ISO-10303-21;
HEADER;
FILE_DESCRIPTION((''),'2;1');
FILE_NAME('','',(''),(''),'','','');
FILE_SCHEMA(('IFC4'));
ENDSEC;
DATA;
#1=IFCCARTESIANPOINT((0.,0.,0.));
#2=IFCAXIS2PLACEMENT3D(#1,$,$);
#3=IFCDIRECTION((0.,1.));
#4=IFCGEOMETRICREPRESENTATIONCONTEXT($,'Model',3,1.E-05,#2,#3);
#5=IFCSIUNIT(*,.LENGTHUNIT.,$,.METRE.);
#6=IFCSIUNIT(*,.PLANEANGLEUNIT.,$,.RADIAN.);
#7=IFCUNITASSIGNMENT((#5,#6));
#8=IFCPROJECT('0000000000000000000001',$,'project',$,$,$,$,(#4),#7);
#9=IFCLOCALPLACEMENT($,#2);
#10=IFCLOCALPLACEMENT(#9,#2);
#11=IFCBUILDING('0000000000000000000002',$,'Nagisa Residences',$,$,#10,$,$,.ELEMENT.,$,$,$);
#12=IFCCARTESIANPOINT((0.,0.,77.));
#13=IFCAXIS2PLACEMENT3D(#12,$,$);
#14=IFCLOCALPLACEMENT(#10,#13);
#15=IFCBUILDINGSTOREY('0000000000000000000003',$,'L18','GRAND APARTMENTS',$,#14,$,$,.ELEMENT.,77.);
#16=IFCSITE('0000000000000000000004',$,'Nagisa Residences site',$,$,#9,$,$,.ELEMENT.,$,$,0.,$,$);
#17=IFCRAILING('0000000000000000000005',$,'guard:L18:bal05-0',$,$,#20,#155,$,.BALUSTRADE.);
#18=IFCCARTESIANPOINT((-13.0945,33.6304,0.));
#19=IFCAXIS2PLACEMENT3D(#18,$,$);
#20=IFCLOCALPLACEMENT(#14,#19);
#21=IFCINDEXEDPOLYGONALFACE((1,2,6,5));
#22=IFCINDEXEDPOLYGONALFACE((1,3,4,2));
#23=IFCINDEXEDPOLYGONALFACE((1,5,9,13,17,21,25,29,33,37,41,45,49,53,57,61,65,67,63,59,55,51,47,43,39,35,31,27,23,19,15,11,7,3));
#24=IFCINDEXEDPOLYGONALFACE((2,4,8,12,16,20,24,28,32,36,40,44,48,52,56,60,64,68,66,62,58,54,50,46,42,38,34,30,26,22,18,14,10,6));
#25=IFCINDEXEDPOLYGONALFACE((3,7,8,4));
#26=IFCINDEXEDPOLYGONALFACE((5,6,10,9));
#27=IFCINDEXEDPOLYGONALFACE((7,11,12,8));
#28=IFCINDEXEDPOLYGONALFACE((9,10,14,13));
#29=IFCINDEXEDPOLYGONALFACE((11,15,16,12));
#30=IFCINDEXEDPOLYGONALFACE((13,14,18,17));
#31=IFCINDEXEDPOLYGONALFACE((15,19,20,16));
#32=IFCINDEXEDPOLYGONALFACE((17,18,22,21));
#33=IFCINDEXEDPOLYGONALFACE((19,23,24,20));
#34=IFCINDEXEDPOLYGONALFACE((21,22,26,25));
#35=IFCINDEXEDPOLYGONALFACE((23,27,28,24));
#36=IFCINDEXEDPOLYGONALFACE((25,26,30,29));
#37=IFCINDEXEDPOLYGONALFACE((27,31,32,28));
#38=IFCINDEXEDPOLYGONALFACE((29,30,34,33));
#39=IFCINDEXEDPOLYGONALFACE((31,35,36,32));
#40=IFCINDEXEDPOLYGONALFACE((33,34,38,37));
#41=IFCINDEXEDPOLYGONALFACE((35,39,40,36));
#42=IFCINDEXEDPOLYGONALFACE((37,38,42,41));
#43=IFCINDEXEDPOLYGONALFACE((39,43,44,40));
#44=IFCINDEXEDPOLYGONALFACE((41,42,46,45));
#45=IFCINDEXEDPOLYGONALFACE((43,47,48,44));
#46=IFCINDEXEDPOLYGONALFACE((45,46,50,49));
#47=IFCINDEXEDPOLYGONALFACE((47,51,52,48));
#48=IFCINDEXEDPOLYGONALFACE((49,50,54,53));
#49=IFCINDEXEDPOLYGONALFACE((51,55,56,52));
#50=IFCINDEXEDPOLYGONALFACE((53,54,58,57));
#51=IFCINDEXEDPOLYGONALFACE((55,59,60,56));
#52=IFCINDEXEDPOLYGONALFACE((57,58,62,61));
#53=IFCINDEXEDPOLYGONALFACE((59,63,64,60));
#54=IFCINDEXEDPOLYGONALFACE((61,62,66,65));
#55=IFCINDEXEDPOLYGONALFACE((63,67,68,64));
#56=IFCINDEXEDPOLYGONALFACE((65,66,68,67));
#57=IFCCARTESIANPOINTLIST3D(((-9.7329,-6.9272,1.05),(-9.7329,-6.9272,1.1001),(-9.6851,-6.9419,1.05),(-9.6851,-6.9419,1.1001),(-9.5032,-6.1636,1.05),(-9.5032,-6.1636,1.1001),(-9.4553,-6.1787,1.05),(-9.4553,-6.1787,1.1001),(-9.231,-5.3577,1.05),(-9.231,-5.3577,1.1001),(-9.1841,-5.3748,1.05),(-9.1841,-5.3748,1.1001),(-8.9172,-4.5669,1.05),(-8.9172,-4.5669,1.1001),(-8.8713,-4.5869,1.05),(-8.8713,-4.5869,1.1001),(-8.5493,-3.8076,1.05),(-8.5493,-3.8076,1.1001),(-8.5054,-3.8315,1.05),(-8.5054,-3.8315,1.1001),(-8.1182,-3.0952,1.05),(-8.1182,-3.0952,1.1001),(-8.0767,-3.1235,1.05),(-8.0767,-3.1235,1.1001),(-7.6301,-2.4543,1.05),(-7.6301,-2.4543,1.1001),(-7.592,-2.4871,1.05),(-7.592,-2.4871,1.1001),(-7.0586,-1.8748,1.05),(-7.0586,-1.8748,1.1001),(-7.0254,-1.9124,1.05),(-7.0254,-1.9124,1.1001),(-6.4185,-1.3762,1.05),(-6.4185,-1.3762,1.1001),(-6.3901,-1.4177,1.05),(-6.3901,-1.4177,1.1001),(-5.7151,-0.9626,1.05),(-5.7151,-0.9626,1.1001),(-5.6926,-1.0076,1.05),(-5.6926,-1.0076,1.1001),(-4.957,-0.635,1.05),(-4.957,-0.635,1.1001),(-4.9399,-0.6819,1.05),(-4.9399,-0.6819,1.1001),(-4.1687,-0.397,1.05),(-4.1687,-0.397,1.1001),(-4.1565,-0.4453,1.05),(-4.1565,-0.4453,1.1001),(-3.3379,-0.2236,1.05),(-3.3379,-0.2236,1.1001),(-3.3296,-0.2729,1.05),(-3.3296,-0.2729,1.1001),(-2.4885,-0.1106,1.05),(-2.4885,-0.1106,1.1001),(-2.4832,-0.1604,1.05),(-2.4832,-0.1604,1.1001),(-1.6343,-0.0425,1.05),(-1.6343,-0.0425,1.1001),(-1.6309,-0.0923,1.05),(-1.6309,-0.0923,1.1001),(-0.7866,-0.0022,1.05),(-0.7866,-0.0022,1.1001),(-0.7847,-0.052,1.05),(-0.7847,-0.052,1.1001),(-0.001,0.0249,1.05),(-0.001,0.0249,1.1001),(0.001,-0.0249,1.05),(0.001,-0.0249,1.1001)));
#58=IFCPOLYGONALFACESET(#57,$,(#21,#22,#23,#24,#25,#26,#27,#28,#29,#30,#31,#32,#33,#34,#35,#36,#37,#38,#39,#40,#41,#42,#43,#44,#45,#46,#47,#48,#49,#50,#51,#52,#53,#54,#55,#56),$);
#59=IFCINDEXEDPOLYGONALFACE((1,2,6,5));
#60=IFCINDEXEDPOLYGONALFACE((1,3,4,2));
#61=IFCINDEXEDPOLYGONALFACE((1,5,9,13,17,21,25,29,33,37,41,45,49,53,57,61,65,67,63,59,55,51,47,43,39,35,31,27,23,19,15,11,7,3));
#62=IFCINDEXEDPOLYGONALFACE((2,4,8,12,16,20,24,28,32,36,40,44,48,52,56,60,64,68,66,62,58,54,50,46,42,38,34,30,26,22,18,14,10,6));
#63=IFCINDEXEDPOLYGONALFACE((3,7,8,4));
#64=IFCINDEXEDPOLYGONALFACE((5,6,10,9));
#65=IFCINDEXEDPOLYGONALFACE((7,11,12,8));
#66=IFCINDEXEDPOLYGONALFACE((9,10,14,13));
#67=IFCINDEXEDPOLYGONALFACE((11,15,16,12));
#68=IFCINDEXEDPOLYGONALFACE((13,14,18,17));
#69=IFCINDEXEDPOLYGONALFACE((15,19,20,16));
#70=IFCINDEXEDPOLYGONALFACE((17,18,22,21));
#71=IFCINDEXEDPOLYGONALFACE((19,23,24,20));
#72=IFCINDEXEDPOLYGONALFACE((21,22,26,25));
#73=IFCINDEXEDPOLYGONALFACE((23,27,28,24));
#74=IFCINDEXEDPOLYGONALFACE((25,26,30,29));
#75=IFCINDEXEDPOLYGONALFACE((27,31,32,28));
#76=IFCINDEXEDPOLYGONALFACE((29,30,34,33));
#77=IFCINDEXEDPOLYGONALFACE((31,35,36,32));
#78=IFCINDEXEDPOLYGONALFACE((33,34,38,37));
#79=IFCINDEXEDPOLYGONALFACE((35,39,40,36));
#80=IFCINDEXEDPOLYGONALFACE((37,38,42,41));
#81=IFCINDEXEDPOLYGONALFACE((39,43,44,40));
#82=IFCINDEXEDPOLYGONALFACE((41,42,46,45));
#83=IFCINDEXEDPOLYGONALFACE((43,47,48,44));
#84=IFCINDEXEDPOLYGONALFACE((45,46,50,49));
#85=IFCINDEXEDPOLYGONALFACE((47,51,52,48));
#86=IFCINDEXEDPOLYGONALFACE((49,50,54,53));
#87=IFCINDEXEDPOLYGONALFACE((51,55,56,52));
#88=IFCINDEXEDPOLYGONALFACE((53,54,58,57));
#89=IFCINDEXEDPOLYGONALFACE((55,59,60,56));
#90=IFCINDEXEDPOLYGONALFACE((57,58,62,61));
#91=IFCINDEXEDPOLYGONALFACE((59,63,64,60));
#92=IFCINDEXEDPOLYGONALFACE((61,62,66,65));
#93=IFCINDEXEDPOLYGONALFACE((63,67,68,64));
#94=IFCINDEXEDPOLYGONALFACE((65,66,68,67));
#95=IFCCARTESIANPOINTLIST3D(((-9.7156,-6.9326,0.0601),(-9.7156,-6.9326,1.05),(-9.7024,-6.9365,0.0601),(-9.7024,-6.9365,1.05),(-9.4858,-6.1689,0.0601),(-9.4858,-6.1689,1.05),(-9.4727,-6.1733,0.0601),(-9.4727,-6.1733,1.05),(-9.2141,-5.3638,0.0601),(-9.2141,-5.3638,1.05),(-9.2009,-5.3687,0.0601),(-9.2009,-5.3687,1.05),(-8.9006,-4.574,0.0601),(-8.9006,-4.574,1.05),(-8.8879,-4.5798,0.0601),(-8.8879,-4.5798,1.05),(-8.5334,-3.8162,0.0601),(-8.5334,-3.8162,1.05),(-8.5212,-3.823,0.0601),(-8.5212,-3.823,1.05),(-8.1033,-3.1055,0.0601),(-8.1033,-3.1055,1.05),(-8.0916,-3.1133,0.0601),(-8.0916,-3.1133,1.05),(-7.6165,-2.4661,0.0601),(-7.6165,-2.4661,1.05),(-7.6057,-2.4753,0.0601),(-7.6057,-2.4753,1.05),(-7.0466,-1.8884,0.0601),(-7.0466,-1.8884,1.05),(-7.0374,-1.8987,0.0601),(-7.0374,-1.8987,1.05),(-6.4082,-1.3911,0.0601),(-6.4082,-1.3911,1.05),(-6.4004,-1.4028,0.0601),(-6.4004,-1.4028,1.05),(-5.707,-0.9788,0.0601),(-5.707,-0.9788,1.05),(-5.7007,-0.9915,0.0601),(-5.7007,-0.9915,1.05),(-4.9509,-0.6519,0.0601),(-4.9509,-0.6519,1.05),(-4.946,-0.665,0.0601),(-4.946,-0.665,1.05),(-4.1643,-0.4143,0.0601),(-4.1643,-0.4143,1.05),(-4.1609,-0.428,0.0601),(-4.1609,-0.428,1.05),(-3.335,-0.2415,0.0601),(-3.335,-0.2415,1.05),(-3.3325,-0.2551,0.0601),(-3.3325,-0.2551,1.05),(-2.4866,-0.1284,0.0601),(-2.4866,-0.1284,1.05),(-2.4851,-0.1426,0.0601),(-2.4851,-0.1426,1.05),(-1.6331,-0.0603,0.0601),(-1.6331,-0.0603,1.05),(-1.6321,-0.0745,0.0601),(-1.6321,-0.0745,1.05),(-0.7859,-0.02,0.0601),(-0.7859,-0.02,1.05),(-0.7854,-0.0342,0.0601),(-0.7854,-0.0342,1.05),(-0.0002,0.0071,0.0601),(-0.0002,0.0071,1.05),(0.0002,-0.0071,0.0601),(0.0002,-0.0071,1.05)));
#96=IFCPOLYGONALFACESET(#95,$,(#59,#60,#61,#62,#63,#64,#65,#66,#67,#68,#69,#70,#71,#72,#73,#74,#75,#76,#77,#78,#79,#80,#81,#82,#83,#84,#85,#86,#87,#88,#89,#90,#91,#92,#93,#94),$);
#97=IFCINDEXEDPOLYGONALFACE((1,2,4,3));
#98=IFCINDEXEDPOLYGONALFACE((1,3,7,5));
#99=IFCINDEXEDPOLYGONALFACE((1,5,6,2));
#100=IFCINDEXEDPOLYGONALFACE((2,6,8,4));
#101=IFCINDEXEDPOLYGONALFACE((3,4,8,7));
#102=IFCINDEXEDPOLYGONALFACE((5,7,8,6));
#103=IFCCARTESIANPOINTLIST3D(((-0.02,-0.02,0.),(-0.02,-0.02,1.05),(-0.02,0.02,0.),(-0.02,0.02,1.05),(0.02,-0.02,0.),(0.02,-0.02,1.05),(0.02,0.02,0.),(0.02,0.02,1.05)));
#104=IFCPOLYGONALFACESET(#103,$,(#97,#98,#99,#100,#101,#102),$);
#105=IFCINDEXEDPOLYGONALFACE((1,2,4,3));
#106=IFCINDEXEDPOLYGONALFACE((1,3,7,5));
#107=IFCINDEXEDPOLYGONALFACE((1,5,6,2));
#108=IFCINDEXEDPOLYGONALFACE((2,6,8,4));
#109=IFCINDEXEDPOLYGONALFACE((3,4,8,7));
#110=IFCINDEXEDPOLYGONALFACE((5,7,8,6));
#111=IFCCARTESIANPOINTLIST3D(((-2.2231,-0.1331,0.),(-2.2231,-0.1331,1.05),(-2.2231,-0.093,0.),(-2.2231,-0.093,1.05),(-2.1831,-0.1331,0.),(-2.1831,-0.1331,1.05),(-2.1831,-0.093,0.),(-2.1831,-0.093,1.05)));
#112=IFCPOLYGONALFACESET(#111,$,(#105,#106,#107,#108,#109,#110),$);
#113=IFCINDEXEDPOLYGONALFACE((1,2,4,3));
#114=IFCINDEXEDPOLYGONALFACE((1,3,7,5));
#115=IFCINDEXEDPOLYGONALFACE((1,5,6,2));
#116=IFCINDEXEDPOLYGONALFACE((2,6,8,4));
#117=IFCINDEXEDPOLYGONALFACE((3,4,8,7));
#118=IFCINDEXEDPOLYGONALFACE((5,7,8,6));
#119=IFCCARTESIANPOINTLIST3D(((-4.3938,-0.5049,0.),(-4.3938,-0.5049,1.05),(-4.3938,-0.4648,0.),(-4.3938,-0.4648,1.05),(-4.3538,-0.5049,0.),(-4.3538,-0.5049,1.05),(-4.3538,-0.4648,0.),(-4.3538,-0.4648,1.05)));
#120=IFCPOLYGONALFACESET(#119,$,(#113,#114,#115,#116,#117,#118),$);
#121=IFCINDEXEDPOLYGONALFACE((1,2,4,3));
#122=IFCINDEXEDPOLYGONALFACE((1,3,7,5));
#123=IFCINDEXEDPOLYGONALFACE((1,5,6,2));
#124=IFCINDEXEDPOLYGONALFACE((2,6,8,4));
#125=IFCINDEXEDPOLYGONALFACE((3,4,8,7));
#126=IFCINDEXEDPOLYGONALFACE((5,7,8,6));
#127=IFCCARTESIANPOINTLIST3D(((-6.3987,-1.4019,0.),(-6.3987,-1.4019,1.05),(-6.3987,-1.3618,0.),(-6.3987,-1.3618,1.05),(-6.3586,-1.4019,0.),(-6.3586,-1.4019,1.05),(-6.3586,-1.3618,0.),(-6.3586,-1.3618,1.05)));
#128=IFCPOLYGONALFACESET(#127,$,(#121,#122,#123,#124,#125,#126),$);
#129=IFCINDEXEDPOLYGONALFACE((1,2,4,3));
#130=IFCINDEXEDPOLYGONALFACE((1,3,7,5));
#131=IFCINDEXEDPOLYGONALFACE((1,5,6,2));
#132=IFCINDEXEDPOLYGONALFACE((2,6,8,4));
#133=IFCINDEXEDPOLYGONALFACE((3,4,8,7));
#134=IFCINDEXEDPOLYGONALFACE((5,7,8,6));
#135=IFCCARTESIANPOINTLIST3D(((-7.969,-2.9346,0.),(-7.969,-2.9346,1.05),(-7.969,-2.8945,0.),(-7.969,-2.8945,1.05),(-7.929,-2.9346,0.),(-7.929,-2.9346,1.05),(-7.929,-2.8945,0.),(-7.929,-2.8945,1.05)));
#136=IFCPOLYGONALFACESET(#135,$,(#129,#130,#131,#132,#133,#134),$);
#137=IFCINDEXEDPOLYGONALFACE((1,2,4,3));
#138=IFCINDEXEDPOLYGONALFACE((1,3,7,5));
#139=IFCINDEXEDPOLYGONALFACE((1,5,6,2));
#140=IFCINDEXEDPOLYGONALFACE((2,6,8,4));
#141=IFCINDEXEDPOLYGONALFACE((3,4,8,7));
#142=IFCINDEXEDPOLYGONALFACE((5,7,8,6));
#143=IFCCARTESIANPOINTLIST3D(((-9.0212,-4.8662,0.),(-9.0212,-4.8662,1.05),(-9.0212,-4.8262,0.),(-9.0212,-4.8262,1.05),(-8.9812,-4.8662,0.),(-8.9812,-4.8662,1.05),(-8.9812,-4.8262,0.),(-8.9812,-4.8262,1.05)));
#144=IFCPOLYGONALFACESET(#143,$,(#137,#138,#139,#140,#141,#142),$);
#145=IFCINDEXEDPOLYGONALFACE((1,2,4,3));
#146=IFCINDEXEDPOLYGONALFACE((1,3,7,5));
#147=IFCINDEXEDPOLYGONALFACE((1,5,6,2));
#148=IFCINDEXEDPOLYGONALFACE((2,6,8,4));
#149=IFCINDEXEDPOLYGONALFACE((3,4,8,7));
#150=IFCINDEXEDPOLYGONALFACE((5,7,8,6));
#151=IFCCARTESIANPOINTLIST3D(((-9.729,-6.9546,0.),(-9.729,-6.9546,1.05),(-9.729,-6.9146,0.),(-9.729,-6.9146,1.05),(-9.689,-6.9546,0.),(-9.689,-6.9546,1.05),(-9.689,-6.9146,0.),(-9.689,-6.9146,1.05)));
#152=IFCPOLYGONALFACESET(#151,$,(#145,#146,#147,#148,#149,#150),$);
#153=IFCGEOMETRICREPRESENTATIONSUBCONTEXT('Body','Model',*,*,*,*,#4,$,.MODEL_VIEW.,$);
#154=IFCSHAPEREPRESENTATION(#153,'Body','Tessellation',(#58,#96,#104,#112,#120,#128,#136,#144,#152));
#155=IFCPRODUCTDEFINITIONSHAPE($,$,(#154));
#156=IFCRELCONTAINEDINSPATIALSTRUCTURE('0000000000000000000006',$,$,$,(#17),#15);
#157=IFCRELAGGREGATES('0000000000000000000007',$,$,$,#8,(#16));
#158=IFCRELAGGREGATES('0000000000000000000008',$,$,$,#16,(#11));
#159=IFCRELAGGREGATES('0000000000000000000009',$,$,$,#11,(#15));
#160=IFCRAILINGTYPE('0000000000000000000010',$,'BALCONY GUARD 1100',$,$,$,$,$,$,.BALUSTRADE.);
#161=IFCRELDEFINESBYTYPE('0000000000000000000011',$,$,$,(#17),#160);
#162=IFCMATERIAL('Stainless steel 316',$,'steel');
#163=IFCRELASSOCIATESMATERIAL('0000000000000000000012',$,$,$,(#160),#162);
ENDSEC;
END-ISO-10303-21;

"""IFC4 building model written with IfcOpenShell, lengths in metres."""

from ifc_helpers import new_model, si_unit, direction, frame, origin, origin_2d, place, context, subcontext, project, spatial, polyline, rectangle, outline, extrude, material, type_object, element, save


model = new_model("IFC4")

# Units and contexts
model_context = context("Model", 3, precision=1e-05, world=origin(), true_north=direction((0.0, 1.0)))
body_context = subcontext(model_context, "Body", "Model", "MODEL_VIEW")
ifc_project = project(units=[si_unit("LENGTHUNIT", "METRE"), si_unit("PLANEANGLEUNIT", "RADIAN")], contexts=[model_context])

# Site, building, storey
site_placement = place(None, origin())
site = spatial("IfcSite", under=ifc_project, at=site_placement, Name="Nagisa Residences site", CompositionType="ELEMENT", RefElevation=0.0)
building_placement = place(site_placement, origin())
building = spatial("IfcBuilding", under=site, at=building_placement, Name="Nagisa Residences", CompositionType="ELEMENT")
storey_placement = place(building_placement, frame((0.0, 0.0, 77.0)))
storey = spatial("IfcBuildingStorey", under=building, at=storey_placement, Name="L18", Description="GRAND APARTMENTS", CompositionType="ELEMENT", Elevation=77.0)

# Railing
ifc_material_1 = material(Name="Stainless steel 316", Category="steel")
railing_type = type_object("IfcRailingType", Name="BALCONY GUARD 1100", PredefinedType="BALUSTRADE", material=ifc_material_1)
railing_1_placement = place(storey_placement, frame((-13.0945, 33.6304, 0.0)))
element("IfcRailing", 1, at=railing_1_placement, inside=storey, type_object=railing_type, Name="guard:L18:bal05-0", PredefinedType="BALUSTRADE", context=body_context, shape_type="SweptSolid", body=[
    extrude(outline(polyline([(-0.7847, -0.052), (0.001, -0.0249), (-0.001, 0.0249), (-0.7866, -0.0022), (-1.6343, -0.0425), (-2.4885, -0.1106), (-3.3379, -0.2236), (-4.1687, -0.397), (-4.957, -0.635), (-5.7151, -0.9626), (-6.4185, -1.3762), (-7.0586, -1.8748), (-7.6301, -2.4543), (-8.1182, -3.0952), (-8.5493, -3.8076), (-8.9172, -4.5669), (-9.231, -5.3577), (-9.5032, -6.1636), (-9.7329, -6.9272), (-9.6851, -6.9419), (-9.4553, -6.1787), (-9.1841, -5.3748), (-8.8713, -4.5869), (-8.5054, -3.8315), (-8.0767, -3.1235), (-7.592, -2.4871), (-7.0254, -1.9124), (-6.3901, -1.4177), (-5.6926, -1.0076), (-4.9399, -0.6819), (-4.1565, -0.4453), (-3.3296, -0.2729), (-2.4832, -0.1604), (-1.6309, -0.0923), (-0.7847, -0.052)])), frame((0.0, 0.0, 1.05)), (0.0, 0.0, 1.0), 0.05),
    extrude(outline(polyline([(-0.7854, -0.0342), (0.0002, -0.0071), (-0.0002, 0.0071), (-0.7859, -0.02), (-1.6331, -0.0603), (-2.4866, -0.1284), (-3.335, -0.2415), (-4.1643, -0.4143), (-4.9509, -0.6519), (-5.707, -0.9788), (-6.4082, -1.3911), (-7.0466, -1.8884), (-7.6165, -2.4661), (-8.1033, -3.1055), (-8.5334, -3.8162), (-8.9006, -4.574), (-9.2141, -5.3638), (-9.4858, -6.1689), (-9.7156, -6.9326), (-9.7024, -6.9365), (-9.4727, -6.1733), (-9.2009, -5.3687), (-8.8879, -4.5798), (-8.5212, -3.823), (-8.0916, -3.1133), (-7.6057, -2.4753), (-7.0374, -1.8987), (-6.4004, -1.4028), (-5.7007, -0.9915), (-4.946, -0.665), (-4.1609, -0.428), (-3.3325, -0.2551), (-2.4851, -0.1426), (-1.6321, -0.0745), (-0.7854, -0.0342)])), frame((0.0, 0.0, 0.0601)), (0.0, 0.0, 1.0), 0.99),
    extrude(rectangle(XDim=0.04, YDim=0.04, at=origin_2d()), origin(), (0.0, 0.0, 1.0), 1.05),
    extrude(rectangle(XDim=0.04, YDim=0.04, at=origin_2d()), frame((-2.2031, -0.113, 0.0)), (0.0, 0.0, 1.0), 1.05),
    extrude(rectangle(XDim=0.04, YDim=0.04, at=origin_2d()), frame((-4.3738, -0.4849, 0.0)), (0.0, 0.0, 1.0), 1.05),
    extrude(rectangle(XDim=0.04, YDim=0.04, at=origin_2d()), frame((-6.3787, -1.3818, 0.0)), (0.0, 0.0, 1.0), 1.05),
    extrude(rectangle(XDim=0.04, YDim=0.04, at=origin_2d()), frame((-7.949, -2.9146, 0.0)), (0.0, 0.0, 1.0), 1.05),
    extrude(rectangle(XDim=0.04, YDim=0.04, at=origin_2d()), frame((-9.0012, -4.8462, 0.0)), (0.0, 0.0, 1.0), 1.05),
    extrude(rectangle(XDim=0.04, YDim=0.04, at=origin_2d()), frame((-9.709, -6.9346, 0.0)), (0.0, 0.0, 1.0), 1.05),
])

save(model, "model.ifc")
